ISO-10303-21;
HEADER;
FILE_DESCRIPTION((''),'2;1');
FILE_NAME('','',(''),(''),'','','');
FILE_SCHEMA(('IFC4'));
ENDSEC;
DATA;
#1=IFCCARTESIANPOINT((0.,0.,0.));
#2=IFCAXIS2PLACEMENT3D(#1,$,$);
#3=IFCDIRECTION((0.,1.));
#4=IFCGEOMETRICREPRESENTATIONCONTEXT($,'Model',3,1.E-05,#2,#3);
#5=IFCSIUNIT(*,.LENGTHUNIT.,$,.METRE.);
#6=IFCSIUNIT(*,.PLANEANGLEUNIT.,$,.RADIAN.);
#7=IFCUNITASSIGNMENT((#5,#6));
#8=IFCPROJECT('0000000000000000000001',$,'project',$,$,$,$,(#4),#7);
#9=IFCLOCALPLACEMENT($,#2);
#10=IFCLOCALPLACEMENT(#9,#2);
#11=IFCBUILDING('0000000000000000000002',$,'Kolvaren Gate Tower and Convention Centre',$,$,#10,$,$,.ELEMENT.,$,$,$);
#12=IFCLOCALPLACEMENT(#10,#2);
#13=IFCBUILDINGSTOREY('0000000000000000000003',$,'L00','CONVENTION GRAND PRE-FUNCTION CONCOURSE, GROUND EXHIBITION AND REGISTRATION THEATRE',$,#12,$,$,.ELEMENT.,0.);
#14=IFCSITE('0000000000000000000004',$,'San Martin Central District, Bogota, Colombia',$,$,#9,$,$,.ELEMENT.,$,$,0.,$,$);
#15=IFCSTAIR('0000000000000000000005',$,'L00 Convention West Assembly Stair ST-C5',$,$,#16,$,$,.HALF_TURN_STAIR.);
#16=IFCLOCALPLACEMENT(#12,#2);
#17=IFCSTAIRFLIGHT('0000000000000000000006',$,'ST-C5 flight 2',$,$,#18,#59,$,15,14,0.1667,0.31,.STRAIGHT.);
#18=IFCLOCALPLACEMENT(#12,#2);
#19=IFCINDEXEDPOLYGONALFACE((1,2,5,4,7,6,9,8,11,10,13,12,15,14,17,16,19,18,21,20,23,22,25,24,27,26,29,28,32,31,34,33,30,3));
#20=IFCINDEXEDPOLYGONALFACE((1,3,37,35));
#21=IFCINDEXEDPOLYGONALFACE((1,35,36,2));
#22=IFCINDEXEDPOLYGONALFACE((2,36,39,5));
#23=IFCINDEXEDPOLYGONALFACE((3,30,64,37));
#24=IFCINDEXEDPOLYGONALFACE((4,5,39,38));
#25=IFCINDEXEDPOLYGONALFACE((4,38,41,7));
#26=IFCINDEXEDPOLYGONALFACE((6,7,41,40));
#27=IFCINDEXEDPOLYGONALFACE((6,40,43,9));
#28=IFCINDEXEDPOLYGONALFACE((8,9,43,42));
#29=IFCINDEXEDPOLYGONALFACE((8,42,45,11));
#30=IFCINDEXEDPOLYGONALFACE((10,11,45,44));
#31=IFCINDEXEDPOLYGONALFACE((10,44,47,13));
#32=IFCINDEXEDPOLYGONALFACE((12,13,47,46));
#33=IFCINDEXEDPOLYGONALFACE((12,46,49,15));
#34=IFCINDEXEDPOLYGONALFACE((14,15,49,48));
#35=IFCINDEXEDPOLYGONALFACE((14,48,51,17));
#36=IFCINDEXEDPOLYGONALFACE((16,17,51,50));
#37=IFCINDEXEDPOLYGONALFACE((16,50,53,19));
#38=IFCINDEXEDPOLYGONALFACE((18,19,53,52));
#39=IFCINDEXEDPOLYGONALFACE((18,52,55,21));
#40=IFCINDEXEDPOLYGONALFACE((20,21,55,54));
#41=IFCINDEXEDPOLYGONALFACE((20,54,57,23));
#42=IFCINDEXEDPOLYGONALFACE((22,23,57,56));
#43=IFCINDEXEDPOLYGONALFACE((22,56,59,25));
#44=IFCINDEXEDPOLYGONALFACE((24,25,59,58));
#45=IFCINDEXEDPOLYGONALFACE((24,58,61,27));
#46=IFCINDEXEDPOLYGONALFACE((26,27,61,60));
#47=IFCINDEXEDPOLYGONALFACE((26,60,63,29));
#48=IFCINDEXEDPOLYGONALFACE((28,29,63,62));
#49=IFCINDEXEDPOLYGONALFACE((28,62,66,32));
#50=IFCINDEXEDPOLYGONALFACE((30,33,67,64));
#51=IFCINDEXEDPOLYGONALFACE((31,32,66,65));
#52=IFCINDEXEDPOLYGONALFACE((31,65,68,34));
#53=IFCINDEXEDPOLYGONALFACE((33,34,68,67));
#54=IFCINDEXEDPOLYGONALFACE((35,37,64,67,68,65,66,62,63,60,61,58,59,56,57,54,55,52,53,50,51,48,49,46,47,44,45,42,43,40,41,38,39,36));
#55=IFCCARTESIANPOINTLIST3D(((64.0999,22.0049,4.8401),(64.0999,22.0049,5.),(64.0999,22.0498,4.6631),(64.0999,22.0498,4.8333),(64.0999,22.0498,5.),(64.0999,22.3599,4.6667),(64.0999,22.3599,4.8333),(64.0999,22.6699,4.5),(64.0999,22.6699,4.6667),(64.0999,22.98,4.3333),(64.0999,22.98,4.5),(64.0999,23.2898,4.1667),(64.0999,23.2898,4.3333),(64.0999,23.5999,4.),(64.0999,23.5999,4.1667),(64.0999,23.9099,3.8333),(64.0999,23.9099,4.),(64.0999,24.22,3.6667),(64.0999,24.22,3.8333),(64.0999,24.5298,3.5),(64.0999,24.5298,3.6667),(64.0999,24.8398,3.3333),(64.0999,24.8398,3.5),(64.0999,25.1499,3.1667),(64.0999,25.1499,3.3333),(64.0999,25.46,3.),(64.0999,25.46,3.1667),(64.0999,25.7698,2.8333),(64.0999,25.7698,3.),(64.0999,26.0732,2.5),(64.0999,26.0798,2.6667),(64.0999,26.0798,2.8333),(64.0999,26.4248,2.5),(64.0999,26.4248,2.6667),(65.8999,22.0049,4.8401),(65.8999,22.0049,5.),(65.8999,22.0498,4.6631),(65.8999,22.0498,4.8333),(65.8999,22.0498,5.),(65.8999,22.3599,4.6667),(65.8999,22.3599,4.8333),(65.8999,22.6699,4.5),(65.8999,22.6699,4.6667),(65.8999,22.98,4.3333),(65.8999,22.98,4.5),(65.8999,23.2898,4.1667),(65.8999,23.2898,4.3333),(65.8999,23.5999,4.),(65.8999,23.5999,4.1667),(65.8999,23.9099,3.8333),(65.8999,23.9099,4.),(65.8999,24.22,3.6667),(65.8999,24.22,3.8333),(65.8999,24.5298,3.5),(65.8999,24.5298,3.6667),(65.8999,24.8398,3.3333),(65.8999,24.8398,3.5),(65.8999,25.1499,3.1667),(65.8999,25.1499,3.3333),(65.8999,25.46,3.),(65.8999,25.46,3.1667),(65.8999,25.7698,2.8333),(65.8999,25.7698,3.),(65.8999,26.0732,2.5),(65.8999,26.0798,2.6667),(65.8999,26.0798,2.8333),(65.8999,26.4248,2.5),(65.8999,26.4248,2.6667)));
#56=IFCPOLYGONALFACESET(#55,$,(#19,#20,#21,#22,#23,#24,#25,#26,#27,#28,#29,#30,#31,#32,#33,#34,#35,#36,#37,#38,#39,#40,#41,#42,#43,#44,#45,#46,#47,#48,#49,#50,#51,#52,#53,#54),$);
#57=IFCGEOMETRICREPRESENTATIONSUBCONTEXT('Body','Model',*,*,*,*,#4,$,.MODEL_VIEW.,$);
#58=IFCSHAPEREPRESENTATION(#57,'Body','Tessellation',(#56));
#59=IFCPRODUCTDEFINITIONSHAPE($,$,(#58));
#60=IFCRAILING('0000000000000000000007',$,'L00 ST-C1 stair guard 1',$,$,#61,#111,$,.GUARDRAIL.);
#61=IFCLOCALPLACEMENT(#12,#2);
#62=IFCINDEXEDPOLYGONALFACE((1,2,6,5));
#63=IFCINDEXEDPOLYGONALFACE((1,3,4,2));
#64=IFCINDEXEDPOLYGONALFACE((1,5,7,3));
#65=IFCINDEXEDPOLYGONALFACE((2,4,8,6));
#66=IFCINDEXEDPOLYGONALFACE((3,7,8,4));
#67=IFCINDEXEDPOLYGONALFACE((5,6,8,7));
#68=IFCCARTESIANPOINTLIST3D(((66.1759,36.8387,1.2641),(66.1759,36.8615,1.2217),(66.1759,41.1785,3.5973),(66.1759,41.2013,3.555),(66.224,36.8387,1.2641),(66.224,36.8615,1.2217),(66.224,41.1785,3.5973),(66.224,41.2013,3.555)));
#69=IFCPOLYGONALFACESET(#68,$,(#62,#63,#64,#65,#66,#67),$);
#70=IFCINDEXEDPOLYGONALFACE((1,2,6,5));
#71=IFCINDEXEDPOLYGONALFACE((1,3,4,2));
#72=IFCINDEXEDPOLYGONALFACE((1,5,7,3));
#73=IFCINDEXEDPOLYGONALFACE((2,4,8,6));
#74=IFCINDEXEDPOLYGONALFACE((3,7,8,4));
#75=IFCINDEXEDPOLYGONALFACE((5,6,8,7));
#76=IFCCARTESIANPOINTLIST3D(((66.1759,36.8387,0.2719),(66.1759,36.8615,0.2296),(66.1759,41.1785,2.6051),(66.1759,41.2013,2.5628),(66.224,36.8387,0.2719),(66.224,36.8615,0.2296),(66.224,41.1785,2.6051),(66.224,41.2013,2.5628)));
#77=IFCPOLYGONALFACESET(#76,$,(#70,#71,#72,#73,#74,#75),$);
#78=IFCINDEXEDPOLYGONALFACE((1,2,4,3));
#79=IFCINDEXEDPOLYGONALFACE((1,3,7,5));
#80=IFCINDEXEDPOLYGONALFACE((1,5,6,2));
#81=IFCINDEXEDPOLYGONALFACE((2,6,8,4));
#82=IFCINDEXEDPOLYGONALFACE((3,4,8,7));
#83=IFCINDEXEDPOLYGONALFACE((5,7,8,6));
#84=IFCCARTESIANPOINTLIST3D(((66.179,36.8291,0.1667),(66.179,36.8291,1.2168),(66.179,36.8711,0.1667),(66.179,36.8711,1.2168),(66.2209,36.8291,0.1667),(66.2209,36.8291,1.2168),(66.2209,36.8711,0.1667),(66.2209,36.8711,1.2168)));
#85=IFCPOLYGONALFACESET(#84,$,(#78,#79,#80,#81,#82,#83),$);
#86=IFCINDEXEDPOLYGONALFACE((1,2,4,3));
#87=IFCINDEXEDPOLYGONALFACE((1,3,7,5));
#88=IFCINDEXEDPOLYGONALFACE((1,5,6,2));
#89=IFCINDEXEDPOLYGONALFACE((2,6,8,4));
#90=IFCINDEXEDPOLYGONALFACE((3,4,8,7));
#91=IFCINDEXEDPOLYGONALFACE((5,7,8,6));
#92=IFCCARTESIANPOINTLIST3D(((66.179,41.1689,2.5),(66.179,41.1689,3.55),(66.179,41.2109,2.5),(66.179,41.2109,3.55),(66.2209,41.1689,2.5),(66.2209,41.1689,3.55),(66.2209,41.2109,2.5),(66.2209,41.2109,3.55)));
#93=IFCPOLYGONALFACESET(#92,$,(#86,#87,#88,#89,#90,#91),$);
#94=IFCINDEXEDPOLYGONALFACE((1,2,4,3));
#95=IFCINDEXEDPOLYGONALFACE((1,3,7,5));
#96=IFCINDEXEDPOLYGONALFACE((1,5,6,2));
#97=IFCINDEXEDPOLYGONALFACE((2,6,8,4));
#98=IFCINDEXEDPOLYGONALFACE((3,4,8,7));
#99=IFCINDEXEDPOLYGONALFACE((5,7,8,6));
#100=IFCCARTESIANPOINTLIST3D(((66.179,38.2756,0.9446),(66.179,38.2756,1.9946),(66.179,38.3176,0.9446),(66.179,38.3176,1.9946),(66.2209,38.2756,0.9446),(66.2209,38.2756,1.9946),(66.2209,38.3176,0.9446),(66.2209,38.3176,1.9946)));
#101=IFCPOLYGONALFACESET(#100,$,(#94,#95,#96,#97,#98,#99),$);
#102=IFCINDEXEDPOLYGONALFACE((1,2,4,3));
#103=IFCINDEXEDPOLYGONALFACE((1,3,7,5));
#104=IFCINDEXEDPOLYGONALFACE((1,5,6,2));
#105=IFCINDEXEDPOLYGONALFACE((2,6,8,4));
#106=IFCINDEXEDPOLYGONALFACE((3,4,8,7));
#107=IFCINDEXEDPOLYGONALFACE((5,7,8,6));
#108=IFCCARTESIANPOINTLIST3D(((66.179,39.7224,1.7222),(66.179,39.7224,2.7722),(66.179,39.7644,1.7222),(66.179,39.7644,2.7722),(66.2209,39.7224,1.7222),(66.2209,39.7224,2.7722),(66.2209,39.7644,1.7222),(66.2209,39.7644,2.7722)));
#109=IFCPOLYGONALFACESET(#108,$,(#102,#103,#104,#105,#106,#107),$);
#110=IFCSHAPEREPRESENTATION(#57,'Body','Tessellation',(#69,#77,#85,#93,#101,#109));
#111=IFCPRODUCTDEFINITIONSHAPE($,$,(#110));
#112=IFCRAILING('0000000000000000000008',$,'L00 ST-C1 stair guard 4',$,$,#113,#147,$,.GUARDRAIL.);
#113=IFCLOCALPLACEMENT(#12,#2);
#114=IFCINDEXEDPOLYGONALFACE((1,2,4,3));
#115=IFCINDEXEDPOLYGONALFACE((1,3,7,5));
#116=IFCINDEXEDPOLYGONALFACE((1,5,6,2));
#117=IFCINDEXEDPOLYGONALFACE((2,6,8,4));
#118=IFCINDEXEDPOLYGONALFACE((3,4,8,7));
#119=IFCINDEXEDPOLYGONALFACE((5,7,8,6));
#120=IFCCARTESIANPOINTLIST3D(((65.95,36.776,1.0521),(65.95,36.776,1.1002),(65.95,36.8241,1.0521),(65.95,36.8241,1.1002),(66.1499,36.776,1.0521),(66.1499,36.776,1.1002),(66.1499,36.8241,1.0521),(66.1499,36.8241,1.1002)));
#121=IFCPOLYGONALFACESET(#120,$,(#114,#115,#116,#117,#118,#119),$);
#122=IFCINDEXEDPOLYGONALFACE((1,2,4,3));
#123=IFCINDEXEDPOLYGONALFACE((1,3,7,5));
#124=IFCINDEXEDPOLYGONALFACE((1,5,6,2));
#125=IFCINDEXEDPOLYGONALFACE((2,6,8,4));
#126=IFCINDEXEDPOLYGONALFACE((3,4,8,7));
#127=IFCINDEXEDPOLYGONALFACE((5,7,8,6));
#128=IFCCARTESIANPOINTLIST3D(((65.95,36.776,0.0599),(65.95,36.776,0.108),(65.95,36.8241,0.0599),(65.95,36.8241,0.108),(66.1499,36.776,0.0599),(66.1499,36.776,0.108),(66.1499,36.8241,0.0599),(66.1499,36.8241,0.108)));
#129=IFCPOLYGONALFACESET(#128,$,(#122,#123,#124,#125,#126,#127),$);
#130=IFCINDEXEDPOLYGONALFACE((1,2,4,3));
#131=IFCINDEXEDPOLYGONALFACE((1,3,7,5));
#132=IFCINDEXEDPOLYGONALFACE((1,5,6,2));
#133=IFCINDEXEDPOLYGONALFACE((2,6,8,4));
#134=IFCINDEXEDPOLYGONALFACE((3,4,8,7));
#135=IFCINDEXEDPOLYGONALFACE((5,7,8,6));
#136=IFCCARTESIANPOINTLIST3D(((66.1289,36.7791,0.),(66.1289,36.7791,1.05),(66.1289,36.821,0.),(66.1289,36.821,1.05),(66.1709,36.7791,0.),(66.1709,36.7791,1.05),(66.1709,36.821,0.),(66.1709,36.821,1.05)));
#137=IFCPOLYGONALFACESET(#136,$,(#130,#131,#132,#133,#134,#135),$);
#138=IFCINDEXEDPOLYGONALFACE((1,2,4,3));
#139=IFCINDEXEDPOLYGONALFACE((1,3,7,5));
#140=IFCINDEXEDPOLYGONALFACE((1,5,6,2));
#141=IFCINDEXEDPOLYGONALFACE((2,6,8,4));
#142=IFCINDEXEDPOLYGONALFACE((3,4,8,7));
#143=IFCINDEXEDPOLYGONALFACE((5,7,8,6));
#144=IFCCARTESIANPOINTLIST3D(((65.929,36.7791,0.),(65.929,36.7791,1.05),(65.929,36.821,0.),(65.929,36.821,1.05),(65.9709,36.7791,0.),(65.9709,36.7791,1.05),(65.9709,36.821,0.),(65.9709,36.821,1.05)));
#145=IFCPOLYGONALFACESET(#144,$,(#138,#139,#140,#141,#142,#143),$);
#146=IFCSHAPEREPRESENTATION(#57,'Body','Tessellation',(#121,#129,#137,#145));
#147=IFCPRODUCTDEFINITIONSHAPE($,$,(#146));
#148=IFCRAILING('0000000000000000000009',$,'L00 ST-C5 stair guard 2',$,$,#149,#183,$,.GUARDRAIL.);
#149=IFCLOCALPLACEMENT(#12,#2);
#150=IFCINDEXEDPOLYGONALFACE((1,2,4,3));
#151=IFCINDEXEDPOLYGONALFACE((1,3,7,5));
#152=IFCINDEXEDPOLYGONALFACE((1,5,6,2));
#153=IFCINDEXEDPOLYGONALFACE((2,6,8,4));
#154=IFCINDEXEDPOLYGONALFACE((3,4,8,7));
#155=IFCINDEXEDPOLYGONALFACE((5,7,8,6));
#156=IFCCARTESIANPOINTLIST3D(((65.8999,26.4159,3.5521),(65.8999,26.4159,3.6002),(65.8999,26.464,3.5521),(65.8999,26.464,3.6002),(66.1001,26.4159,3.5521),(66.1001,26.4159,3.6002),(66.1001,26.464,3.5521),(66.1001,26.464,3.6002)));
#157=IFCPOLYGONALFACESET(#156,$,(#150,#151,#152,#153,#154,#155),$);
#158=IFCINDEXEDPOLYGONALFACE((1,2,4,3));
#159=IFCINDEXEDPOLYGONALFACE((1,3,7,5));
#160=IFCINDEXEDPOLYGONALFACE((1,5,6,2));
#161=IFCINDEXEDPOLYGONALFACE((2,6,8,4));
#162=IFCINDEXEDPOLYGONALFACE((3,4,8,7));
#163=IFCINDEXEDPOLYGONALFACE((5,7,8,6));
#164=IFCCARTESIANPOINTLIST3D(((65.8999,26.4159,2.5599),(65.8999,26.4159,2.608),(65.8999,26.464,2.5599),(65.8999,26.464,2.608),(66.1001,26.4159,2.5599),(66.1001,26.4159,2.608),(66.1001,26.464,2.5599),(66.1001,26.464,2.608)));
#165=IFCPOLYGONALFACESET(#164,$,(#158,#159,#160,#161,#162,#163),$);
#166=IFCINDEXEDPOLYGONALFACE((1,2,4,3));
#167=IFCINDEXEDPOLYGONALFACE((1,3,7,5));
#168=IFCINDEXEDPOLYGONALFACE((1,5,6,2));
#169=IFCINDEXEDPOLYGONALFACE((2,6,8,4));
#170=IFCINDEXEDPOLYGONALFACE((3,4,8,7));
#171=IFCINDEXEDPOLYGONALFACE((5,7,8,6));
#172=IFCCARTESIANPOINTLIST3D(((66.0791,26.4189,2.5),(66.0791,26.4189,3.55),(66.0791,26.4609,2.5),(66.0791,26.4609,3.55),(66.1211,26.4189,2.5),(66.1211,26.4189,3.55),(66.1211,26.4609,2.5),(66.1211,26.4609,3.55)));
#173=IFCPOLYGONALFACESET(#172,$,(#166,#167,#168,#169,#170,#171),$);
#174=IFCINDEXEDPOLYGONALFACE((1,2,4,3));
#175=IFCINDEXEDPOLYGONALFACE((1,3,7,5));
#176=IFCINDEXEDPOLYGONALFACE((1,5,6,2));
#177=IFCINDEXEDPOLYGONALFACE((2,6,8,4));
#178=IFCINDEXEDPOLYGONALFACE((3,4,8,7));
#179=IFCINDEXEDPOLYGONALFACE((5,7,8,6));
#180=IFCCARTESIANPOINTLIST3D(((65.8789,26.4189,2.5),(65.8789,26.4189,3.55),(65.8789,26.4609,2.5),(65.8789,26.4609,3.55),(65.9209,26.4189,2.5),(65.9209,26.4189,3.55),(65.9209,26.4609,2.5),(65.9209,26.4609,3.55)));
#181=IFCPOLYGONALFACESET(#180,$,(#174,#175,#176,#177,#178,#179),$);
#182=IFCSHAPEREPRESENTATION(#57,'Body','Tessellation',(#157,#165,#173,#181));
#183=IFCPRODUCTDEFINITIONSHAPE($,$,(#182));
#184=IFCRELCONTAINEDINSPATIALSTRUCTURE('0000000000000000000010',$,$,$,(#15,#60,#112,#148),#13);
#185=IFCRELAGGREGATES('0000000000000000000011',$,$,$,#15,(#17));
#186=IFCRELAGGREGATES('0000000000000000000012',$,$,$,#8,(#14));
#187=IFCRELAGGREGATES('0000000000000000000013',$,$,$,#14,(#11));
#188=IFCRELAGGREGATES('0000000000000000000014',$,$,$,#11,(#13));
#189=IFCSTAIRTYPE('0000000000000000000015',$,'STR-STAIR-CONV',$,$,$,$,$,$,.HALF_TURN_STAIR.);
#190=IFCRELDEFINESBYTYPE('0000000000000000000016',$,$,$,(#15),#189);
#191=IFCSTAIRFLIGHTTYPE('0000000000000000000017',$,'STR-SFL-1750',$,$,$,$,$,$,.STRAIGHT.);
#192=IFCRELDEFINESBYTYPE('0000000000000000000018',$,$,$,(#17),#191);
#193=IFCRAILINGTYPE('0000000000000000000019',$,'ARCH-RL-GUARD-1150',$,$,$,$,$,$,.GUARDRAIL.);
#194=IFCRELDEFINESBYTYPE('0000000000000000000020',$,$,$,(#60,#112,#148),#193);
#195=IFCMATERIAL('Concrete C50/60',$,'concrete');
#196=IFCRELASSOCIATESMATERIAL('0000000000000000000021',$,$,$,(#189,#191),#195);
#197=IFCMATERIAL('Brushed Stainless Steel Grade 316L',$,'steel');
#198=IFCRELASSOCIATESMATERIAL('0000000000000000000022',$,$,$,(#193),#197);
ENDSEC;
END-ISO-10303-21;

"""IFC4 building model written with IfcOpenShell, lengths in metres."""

from ifc_helpers import new_model, si_unit, direction, frame, origin, origin_2d, place, context, subcontext, project, spatial, polyline, rectangle, outline, extrude, material, type_object, element, aggregate, save


model = new_model("IFC4")

# Units and contexts
model_context = context("Model", 3, precision=1e-05, world=origin(), true_north=direction((0.0, 1.0)))
body_context = subcontext(model_context, "Body", "Model", "MODEL_VIEW")
ifc_project = project(units=[si_unit("LENGTHUNIT", "METRE"), si_unit("PLANEANGLEUNIT", "RADIAN")], contexts=[model_context])

# Site, building, storey
site_placement = place(None, origin())
site = spatial("IfcSite", under=ifc_project, at=site_placement, Name="San Martin Central District, Bogota, Colombia", CompositionType="ELEMENT", RefElevation=0.0)
building_placement = place(site_placement, origin())
building = spatial("IfcBuilding", under=site, at=building_placement, Name="Kolvaren Gate Tower and Convention Centre", CompositionType="ELEMENT")
storey_placement = place(building_placement, origin())
storey = spatial("IfcBuildingStorey", under=building, at=storey_placement, Name="L00", Description="CONVENTION GRAND PRE-FUNCTION CONCOURSE, GROUND EXHIBITION AND REGISTRATION THEATRE", CompositionType="ELEMENT", Elevation=0.0)

# Shared definitions
ifc_material_1 = material(Name="Concrete C50/60", Category="concrete")

# Shared definitions
stair_type = type_object("IfcStairType", Name="STR-STAIR-CONV", PredefinedType="HALF_TURN_STAIR", material=ifc_material_1)
stair_flight_type = type_object("IfcStairFlightType", Name="STR-SFL-1750", PredefinedType="STRAIGHT", material=ifc_material_1)

# Stair, stair flight
stair_1_placement = place(storey_placement, origin())
stair_1 = element("IfcStair", 1, at=stair_1_placement, inside=storey, type_object=stair_type, Name="L00 Convention West Assembly Stair ST-C5", PredefinedType="HALF_TURN_STAIR")
stair_flight_1_placement = place(storey_placement, frame((65.0, 26.3899, 2.5), z_axis=(0.0, 0.0, 1.0), x_axis=(0.0, -1.0, 0.0)))
stair_flight_1 = element("IfcStairFlight", 2, at=stair_flight_1_placement, type_object=stair_flight_type, Name="ST-C5 flight 2", NumberOfRisers=15, NumberOfTreads=14, PredefinedType="STRAIGHT", RiserHeight=0.1667, TreadLength=0.31, context=body_context, shape_type="SweptSolid", body=[
    extrude(outline(polyline([(-0.0349, 0.0), (-0.0349, 0.1667), (0.3101, 0.1667), (0.3101, 0.3333), (0.6201, 0.3333), (0.6201, 0.5), (0.9299, 0.5), (0.9299, 0.6667), (1.24, 0.6667), (1.24, 0.8333), (1.55, 0.8333), (1.55, 1.0), (1.8601, 1.0), (1.8601, 1.1667), (2.1699, 1.1667), (2.1699, 1.3333), (2.48, 1.3333), (2.48, 1.5), (2.79, 1.5), (2.79, 1.6667), (3.1001, 1.6667), (3.1001, 1.8333), (3.4099, 1.8333), (3.4099, 2.0), (3.72, 2.0), (3.72, 2.1667), (4.03, 2.1667), (4.03, 2.3333), (4.3401, 2.3333), (4.3401, 2.5), (4.385, 2.5), (4.385, 2.3401), (4.3401, 2.1631), (0.3167, 0.0), (-0.0349, 0.0)])), frame((0.0, 0.8999, 0.0), z_axis=(0.0, -1.0, 0.0), x_axis=(1.0, 0.0, 0.0)), (0.0, 0.0, 1.0), 1.8),
])
aggregate(stair_1, [stair_flight_1])

# Railings
ifc_material_2 = material(Name="Brushed Stainless Steel Grade 316L", Category="steel")
railing_type_1 = type_object("IfcRailingType", Name="ARCH-RL-GUARD-1150", PredefinedType="GUARDRAIL", material=ifc_material_2)
railing_1_placement = place(storey_placement, frame((66.2, 36.8501, 0.1667)))
element("IfcRailing", 3, at=railing_1_placement, inside=storey, type_object=railing_type_1, Name="L00 ST-C1 stair guard 1", PredefinedType="GUARDRAIL", context=body_context, shape_type="SweptSolid", body=[
    extrude(rectangle(XDim=0.0481, YDim=0.0481, at=origin_2d()), frame((0.0, 0.0, 1.0762), z_axis=(0.0, 0.880775, 0.473535), x_axis=(-1.0, 0.0, 0.0)), (0.0, 0.0, 1.0), 4.9272),
    extrude(rectangle(XDim=0.0481, YDim=0.0481, at=origin_2d()), frame((0.0, 0.0, 0.084), z_axis=(0.0, 0.880775, 0.473535), x_axis=(-1.0, 0.0, 0.0)), (0.0, 0.0, 1.0), 4.9272),
    extrude(rectangle(XDim=0.042, YDim=0.042, at=origin_2d()), origin(), (0.0, 0.0, 1.0), 1.05),
    extrude(rectangle(XDim=0.042, YDim=0.042, at=origin_2d()), frame((0.0, 4.3398, 2.3333)), (0.0, 0.0, 1.0), 1.05),
    extrude(rectangle(XDim=0.042, YDim=0.042, at=origin_2d()), frame((0.0, 1.4465, 0.7778)), (0.0, 0.0, 1.0), 1.05),
    extrude(rectangle(XDim=0.042, YDim=0.042, at=origin_2d()), frame((0.0, 2.8933, 1.5554)), (0.0, 0.0, 1.0), 1.05),
])
railing_2_placement = place(storey_placement, frame((66.1499, 36.8, 0.0)))
element("IfcRailing", 4, at=railing_2_placement, inside=storey, type_object=railing_type_1, Name="L00 ST-C1 stair guard 4", PredefinedType="GUARDRAIL", context=body_context, shape_type="SweptSolid", body=[
    extrude(rectangle(XDim=0.0481, YDim=0.0481, at=origin_2d()), frame((0.0, 0.0, 1.0762), z_axis=(-1.0, 0.0, 0.0), x_axis=(0.0, -1.0, 0.0)), (0.0, 0.0, 1.0), 0.2),
    extrude(rectangle(XDim=0.0481, YDim=0.0481, at=origin_2d()), frame((0.0, 0.0, 0.084), z_axis=(-1.0, 0.0, 0.0), x_axis=(0.0, -1.0, 0.0)), (0.0, 0.0, 1.0), 0.2),
    extrude(rectangle(XDim=0.042, YDim=0.042, at=origin_2d()), origin(), (0.0, 0.0, 1.0), 1.05),
    extrude(rectangle(XDim=0.042, YDim=0.042, at=origin_2d()), frame((-0.2, 0.0, 0.0)), (0.0, 0.0, 1.0), 1.05),
])
railing_3_placement = place(storey_placement, frame((66.1001, 26.4399, 2.5)))
element("IfcRailing", 5, at=railing_3_placement, inside=storey, type_object=railing_type_1, Name="L00 ST-C5 stair guard 2", PredefinedType="GUARDRAIL", context=body_context, shape_type="SweptSolid", body=[
    extrude(rectangle(XDim=0.0481, YDim=0.0481, at=origin_2d()), frame((0.0, 0.0, 1.0762), z_axis=(-1.0, 0.0, 0.0), x_axis=(0.0, -1.0, 0.0)), (0.0, 0.0, 1.0), 0.2002),
    extrude(rectangle(XDim=0.0481, YDim=0.0481, at=origin_2d()), frame((0.0, 0.0, 0.084), z_axis=(-1.0, 0.0, 0.0), x_axis=(0.0, -1.0, 0.0)), (0.0, 0.0, 1.0), 0.2002),
    extrude(rectangle(XDim=0.042, YDim=0.042, at=origin_2d()), origin(), (0.0, 0.0, 1.0), 1.05),
    extrude(rectangle(XDim=0.042, YDim=0.042, at=origin_2d()), frame((-0.2002, 0.0, 0.0)), (0.0, 0.0, 1.0), 1.05),
])

save(model, "model.ifc")
